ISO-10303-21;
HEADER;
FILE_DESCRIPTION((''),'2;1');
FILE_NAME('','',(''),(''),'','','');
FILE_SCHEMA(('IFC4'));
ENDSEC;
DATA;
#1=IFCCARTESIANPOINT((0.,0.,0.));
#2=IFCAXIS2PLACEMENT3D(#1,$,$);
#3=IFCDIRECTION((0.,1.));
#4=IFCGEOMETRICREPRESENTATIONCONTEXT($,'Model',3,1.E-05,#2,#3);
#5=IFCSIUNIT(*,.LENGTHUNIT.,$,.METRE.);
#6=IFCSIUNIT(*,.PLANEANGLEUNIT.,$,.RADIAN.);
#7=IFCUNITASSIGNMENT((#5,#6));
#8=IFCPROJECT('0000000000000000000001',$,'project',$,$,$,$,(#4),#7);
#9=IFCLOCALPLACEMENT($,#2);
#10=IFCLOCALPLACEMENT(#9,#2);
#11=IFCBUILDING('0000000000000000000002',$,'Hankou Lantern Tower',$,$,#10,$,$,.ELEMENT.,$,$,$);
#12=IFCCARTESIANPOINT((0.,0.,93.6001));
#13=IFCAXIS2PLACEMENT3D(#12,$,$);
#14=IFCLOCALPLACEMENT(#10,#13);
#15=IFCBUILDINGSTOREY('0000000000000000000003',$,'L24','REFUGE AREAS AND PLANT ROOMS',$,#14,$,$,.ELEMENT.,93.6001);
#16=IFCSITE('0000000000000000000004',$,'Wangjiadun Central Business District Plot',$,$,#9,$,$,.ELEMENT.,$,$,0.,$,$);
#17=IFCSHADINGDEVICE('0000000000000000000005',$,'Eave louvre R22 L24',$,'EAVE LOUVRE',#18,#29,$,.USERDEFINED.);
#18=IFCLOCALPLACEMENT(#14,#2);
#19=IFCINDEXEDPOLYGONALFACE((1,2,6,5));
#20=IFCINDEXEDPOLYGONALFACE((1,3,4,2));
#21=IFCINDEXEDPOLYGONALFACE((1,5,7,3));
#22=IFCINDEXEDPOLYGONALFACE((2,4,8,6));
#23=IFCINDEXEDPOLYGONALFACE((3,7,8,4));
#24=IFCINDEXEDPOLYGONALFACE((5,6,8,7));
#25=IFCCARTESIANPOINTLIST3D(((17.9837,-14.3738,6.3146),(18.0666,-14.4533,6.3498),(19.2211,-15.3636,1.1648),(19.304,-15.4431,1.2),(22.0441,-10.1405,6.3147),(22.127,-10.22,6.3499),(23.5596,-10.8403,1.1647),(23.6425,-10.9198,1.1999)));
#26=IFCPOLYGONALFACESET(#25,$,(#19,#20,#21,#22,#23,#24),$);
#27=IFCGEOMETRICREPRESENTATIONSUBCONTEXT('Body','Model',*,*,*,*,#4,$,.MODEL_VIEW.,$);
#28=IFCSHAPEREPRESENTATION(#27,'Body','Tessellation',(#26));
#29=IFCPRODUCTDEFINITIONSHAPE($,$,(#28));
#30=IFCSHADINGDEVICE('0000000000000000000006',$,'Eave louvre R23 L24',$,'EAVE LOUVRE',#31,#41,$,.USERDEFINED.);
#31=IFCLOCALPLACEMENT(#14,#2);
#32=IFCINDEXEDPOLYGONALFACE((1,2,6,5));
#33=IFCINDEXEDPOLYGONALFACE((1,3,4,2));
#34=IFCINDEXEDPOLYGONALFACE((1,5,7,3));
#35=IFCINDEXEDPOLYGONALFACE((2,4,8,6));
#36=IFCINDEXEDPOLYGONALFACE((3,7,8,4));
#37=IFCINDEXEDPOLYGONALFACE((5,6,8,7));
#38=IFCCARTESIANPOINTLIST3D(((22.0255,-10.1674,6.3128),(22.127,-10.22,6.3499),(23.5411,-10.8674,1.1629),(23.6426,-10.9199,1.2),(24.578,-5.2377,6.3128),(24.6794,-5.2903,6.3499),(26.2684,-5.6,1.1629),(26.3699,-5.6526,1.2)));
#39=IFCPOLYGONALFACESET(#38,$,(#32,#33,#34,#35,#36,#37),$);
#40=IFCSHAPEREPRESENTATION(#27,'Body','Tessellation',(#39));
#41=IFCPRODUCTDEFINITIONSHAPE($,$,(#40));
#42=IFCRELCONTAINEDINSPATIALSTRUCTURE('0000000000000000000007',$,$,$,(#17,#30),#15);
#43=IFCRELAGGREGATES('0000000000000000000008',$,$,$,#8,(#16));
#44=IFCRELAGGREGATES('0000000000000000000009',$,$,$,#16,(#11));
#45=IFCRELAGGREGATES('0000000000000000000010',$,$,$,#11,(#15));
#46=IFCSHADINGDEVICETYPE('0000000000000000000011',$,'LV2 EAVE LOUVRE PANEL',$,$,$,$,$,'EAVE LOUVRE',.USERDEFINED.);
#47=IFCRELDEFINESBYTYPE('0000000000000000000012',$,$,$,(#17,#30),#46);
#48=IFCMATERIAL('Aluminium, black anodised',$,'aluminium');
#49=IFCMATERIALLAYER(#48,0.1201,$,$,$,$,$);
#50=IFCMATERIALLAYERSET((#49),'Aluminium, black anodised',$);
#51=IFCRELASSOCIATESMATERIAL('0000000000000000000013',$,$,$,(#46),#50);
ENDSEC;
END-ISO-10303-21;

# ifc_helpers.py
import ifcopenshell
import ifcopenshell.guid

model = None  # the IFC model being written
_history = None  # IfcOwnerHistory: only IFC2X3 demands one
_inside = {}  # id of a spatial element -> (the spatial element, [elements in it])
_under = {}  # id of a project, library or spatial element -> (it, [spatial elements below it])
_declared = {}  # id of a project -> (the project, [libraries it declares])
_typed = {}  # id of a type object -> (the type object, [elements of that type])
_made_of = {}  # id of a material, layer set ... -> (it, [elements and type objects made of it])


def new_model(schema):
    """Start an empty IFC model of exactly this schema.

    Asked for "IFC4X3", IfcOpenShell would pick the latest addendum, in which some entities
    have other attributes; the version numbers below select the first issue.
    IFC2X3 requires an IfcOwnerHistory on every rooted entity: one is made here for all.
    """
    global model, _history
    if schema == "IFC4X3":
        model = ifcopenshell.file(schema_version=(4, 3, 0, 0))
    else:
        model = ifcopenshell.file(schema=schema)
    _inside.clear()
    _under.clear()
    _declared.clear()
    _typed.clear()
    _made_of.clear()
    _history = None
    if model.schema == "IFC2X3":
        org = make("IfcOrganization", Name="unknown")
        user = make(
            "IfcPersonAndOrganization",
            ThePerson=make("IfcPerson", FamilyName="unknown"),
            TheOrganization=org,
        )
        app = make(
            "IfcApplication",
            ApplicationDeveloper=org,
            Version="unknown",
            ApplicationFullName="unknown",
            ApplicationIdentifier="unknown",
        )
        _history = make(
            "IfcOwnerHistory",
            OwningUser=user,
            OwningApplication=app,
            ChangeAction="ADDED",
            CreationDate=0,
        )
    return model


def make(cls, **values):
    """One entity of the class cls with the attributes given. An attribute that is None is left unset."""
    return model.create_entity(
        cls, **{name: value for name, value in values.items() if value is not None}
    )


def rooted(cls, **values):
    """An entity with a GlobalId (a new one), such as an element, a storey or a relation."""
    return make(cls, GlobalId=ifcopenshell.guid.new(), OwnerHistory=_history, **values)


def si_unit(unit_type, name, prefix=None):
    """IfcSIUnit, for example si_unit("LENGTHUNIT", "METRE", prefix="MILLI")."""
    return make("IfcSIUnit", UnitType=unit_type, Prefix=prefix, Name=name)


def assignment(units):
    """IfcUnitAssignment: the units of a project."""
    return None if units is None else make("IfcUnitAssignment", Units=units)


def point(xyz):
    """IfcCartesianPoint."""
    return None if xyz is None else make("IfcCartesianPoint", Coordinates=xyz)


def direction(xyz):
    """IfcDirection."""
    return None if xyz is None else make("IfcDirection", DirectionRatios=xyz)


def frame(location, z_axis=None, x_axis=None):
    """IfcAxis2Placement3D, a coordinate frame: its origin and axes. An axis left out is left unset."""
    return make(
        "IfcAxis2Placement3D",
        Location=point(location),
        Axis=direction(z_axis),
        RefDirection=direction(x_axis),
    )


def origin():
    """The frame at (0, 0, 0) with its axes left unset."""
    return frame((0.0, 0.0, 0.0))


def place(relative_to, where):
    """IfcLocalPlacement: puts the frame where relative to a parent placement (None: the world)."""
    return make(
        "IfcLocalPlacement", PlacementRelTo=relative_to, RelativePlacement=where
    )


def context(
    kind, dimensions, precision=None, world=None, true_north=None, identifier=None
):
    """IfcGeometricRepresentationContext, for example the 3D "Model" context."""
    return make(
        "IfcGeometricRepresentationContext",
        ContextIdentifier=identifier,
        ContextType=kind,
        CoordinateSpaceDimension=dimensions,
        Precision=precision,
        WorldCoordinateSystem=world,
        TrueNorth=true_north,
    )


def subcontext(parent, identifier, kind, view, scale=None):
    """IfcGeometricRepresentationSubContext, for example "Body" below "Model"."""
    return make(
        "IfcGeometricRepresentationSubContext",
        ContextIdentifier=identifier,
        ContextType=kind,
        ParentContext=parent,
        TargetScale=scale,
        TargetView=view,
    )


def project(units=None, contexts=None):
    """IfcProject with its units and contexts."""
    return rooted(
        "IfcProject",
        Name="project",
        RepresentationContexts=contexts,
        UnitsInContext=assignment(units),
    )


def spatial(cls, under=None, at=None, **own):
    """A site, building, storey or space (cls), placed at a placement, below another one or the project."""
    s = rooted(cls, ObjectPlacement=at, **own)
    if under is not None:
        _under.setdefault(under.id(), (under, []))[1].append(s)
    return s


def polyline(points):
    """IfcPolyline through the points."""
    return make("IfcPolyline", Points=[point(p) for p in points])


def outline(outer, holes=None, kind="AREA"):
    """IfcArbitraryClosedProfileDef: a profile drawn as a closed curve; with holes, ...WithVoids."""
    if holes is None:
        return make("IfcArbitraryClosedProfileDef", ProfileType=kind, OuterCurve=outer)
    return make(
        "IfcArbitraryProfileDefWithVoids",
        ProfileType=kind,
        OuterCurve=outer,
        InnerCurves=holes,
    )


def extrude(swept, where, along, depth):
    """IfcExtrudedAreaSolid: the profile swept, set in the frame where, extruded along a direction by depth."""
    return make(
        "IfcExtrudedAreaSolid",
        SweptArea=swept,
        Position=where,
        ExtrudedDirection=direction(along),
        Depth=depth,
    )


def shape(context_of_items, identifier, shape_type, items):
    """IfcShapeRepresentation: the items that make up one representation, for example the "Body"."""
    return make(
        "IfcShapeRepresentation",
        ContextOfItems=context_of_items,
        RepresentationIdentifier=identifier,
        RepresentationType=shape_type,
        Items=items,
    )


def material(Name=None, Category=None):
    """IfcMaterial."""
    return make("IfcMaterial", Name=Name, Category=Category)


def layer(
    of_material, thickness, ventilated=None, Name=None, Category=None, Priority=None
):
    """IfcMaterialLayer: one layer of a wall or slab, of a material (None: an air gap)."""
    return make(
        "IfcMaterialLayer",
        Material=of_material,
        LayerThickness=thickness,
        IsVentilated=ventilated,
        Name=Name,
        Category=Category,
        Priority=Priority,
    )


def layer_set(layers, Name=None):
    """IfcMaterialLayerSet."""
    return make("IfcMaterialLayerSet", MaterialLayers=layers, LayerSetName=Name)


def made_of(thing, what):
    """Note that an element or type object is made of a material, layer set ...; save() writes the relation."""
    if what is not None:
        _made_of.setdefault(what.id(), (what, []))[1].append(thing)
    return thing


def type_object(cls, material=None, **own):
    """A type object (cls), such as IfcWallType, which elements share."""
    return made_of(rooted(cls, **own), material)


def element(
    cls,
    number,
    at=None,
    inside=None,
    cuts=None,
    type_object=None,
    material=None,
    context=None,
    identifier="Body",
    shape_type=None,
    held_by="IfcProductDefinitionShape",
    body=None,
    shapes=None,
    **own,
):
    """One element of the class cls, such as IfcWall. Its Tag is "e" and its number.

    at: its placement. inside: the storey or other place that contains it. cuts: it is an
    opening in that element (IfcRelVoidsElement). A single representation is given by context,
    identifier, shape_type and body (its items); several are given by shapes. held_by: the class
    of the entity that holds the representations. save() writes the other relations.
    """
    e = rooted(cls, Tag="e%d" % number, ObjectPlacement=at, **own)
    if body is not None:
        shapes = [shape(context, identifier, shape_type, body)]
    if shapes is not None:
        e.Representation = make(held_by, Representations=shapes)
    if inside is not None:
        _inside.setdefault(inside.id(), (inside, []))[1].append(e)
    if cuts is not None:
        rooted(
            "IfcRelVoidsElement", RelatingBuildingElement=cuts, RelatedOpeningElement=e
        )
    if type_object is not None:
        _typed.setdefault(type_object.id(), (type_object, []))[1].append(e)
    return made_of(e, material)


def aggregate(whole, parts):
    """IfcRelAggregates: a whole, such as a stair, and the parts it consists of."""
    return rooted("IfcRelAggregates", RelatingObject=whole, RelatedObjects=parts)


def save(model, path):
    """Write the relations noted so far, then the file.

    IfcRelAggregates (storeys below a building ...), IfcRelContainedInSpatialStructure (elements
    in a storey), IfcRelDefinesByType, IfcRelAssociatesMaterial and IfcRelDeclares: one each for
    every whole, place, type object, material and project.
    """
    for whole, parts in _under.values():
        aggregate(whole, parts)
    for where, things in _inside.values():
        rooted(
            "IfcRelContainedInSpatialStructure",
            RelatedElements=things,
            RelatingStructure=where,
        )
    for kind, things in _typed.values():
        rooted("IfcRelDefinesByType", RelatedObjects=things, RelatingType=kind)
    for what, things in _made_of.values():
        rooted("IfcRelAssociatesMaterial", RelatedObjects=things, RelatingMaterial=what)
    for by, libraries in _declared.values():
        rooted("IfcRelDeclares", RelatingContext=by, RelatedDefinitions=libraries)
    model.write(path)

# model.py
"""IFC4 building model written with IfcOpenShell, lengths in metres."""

from ifc_helpers import new_model, si_unit, direction, frame, origin, place, context, subcontext, project, spatial, polyline, outline, extrude, material, layer, layer_set, type_object, element, save


model = new_model("IFC4")

# Units and contexts
model_context = context("Model", 3, precision=1e-05, world=origin(), true_north=direction((0.0, 1.0)))
body_context = subcontext(model_context, "Body", "Model", "MODEL_VIEW")
ifc_project = project(units=[si_unit("LENGTHUNIT", "METRE"), si_unit("PLANEANGLEUNIT", "RADIAN")], contexts=[model_context])

# Site, building, storey
site_placement = place(None, origin())
site = spatial("IfcSite", under=ifc_project, at=site_placement, Name="Wangjiadun Central Business District Plot", CompositionType="ELEMENT", RefElevation=0.0)
building_placement = place(site_placement, origin())
building = spatial("IfcBuilding", under=site, at=building_placement, Name="Hankou Lantern Tower", CompositionType="ELEMENT")
storey_placement = place(building_placement, frame((0.0, 0.0, 93.6001)))
storey = spatial("IfcBuildingStorey", under=building, at=storey_placement, Name="L24", Description="REFUGE AREAS AND PLANT ROOMS", CompositionType="ELEMENT", Elevation=93.6001)

# Shading devices
ifc_material_1 = material(Name="Aluminium, black anodised", Category="aluminium")
ifc_layer_1 = layer(ifc_material_1, 0.1201)
ifc_layer_set_1 = layer_set([ifc_layer_1], Name="Aluminium, black anodised")
shading_device_type = type_object("IfcShadingDeviceType", Name="LV2 EAVE LOUVRE PANEL", ElementType="EAVE LOUVRE", PredefinedType="USERDEFINED", material=ifc_layer_set_1)
shading_device_1_placement = place(storey_placement, frame((19.304, -15.4431, 1.2), z_axis=(0.690018, -0.661834, 0.293003), x_axis=(0.692216, 0.721691, -0.000006)))
element("IfcShadingDevice", 1, at=shading_device_1_placement, inside=storey, type_object=shading_device_type, Name="Eave louvre R22 L24", ObjectType="EAVE LOUVRE", PredefinedType="USERDEFINED", context=body_context, shape_type="SweptSolid", body=[
    extrude(outline(polyline([(0.0, 0.0), (6.2676, 0.0), (5.7236, 5.3863), (-0.1422, 5.3863), (0.0, 0.0)])), origin(), (0.0, 0.0, -1.0), 0.1201),
])
shading_device_2_placement = place(storey_placement, frame((23.6426, -10.9199, 1.2), z_axis=(0.844828, -0.437433, 0.308087), x_axis=(0.459798, 0.888023, 0.0)))
element("IfcShadingDevice", 2, at=shading_device_2_placement, inside=storey, type_object=shading_device_type, Name="Eave louvre R23 L24", ObjectType="EAVE LOUVRE", PredefinedType="USERDEFINED", context=body_context, shape_type="SweptSolid", body=[
    extrude(outline(polyline([(0.0, 0.0), (5.9315, 0.0), (5.476, 5.4132), (-0.0753, 5.4132), (0.0, 0.0)])), origin(), (0.0, 0.0, -1.0), 0.1201),
])

save(model, "model.ifc")
